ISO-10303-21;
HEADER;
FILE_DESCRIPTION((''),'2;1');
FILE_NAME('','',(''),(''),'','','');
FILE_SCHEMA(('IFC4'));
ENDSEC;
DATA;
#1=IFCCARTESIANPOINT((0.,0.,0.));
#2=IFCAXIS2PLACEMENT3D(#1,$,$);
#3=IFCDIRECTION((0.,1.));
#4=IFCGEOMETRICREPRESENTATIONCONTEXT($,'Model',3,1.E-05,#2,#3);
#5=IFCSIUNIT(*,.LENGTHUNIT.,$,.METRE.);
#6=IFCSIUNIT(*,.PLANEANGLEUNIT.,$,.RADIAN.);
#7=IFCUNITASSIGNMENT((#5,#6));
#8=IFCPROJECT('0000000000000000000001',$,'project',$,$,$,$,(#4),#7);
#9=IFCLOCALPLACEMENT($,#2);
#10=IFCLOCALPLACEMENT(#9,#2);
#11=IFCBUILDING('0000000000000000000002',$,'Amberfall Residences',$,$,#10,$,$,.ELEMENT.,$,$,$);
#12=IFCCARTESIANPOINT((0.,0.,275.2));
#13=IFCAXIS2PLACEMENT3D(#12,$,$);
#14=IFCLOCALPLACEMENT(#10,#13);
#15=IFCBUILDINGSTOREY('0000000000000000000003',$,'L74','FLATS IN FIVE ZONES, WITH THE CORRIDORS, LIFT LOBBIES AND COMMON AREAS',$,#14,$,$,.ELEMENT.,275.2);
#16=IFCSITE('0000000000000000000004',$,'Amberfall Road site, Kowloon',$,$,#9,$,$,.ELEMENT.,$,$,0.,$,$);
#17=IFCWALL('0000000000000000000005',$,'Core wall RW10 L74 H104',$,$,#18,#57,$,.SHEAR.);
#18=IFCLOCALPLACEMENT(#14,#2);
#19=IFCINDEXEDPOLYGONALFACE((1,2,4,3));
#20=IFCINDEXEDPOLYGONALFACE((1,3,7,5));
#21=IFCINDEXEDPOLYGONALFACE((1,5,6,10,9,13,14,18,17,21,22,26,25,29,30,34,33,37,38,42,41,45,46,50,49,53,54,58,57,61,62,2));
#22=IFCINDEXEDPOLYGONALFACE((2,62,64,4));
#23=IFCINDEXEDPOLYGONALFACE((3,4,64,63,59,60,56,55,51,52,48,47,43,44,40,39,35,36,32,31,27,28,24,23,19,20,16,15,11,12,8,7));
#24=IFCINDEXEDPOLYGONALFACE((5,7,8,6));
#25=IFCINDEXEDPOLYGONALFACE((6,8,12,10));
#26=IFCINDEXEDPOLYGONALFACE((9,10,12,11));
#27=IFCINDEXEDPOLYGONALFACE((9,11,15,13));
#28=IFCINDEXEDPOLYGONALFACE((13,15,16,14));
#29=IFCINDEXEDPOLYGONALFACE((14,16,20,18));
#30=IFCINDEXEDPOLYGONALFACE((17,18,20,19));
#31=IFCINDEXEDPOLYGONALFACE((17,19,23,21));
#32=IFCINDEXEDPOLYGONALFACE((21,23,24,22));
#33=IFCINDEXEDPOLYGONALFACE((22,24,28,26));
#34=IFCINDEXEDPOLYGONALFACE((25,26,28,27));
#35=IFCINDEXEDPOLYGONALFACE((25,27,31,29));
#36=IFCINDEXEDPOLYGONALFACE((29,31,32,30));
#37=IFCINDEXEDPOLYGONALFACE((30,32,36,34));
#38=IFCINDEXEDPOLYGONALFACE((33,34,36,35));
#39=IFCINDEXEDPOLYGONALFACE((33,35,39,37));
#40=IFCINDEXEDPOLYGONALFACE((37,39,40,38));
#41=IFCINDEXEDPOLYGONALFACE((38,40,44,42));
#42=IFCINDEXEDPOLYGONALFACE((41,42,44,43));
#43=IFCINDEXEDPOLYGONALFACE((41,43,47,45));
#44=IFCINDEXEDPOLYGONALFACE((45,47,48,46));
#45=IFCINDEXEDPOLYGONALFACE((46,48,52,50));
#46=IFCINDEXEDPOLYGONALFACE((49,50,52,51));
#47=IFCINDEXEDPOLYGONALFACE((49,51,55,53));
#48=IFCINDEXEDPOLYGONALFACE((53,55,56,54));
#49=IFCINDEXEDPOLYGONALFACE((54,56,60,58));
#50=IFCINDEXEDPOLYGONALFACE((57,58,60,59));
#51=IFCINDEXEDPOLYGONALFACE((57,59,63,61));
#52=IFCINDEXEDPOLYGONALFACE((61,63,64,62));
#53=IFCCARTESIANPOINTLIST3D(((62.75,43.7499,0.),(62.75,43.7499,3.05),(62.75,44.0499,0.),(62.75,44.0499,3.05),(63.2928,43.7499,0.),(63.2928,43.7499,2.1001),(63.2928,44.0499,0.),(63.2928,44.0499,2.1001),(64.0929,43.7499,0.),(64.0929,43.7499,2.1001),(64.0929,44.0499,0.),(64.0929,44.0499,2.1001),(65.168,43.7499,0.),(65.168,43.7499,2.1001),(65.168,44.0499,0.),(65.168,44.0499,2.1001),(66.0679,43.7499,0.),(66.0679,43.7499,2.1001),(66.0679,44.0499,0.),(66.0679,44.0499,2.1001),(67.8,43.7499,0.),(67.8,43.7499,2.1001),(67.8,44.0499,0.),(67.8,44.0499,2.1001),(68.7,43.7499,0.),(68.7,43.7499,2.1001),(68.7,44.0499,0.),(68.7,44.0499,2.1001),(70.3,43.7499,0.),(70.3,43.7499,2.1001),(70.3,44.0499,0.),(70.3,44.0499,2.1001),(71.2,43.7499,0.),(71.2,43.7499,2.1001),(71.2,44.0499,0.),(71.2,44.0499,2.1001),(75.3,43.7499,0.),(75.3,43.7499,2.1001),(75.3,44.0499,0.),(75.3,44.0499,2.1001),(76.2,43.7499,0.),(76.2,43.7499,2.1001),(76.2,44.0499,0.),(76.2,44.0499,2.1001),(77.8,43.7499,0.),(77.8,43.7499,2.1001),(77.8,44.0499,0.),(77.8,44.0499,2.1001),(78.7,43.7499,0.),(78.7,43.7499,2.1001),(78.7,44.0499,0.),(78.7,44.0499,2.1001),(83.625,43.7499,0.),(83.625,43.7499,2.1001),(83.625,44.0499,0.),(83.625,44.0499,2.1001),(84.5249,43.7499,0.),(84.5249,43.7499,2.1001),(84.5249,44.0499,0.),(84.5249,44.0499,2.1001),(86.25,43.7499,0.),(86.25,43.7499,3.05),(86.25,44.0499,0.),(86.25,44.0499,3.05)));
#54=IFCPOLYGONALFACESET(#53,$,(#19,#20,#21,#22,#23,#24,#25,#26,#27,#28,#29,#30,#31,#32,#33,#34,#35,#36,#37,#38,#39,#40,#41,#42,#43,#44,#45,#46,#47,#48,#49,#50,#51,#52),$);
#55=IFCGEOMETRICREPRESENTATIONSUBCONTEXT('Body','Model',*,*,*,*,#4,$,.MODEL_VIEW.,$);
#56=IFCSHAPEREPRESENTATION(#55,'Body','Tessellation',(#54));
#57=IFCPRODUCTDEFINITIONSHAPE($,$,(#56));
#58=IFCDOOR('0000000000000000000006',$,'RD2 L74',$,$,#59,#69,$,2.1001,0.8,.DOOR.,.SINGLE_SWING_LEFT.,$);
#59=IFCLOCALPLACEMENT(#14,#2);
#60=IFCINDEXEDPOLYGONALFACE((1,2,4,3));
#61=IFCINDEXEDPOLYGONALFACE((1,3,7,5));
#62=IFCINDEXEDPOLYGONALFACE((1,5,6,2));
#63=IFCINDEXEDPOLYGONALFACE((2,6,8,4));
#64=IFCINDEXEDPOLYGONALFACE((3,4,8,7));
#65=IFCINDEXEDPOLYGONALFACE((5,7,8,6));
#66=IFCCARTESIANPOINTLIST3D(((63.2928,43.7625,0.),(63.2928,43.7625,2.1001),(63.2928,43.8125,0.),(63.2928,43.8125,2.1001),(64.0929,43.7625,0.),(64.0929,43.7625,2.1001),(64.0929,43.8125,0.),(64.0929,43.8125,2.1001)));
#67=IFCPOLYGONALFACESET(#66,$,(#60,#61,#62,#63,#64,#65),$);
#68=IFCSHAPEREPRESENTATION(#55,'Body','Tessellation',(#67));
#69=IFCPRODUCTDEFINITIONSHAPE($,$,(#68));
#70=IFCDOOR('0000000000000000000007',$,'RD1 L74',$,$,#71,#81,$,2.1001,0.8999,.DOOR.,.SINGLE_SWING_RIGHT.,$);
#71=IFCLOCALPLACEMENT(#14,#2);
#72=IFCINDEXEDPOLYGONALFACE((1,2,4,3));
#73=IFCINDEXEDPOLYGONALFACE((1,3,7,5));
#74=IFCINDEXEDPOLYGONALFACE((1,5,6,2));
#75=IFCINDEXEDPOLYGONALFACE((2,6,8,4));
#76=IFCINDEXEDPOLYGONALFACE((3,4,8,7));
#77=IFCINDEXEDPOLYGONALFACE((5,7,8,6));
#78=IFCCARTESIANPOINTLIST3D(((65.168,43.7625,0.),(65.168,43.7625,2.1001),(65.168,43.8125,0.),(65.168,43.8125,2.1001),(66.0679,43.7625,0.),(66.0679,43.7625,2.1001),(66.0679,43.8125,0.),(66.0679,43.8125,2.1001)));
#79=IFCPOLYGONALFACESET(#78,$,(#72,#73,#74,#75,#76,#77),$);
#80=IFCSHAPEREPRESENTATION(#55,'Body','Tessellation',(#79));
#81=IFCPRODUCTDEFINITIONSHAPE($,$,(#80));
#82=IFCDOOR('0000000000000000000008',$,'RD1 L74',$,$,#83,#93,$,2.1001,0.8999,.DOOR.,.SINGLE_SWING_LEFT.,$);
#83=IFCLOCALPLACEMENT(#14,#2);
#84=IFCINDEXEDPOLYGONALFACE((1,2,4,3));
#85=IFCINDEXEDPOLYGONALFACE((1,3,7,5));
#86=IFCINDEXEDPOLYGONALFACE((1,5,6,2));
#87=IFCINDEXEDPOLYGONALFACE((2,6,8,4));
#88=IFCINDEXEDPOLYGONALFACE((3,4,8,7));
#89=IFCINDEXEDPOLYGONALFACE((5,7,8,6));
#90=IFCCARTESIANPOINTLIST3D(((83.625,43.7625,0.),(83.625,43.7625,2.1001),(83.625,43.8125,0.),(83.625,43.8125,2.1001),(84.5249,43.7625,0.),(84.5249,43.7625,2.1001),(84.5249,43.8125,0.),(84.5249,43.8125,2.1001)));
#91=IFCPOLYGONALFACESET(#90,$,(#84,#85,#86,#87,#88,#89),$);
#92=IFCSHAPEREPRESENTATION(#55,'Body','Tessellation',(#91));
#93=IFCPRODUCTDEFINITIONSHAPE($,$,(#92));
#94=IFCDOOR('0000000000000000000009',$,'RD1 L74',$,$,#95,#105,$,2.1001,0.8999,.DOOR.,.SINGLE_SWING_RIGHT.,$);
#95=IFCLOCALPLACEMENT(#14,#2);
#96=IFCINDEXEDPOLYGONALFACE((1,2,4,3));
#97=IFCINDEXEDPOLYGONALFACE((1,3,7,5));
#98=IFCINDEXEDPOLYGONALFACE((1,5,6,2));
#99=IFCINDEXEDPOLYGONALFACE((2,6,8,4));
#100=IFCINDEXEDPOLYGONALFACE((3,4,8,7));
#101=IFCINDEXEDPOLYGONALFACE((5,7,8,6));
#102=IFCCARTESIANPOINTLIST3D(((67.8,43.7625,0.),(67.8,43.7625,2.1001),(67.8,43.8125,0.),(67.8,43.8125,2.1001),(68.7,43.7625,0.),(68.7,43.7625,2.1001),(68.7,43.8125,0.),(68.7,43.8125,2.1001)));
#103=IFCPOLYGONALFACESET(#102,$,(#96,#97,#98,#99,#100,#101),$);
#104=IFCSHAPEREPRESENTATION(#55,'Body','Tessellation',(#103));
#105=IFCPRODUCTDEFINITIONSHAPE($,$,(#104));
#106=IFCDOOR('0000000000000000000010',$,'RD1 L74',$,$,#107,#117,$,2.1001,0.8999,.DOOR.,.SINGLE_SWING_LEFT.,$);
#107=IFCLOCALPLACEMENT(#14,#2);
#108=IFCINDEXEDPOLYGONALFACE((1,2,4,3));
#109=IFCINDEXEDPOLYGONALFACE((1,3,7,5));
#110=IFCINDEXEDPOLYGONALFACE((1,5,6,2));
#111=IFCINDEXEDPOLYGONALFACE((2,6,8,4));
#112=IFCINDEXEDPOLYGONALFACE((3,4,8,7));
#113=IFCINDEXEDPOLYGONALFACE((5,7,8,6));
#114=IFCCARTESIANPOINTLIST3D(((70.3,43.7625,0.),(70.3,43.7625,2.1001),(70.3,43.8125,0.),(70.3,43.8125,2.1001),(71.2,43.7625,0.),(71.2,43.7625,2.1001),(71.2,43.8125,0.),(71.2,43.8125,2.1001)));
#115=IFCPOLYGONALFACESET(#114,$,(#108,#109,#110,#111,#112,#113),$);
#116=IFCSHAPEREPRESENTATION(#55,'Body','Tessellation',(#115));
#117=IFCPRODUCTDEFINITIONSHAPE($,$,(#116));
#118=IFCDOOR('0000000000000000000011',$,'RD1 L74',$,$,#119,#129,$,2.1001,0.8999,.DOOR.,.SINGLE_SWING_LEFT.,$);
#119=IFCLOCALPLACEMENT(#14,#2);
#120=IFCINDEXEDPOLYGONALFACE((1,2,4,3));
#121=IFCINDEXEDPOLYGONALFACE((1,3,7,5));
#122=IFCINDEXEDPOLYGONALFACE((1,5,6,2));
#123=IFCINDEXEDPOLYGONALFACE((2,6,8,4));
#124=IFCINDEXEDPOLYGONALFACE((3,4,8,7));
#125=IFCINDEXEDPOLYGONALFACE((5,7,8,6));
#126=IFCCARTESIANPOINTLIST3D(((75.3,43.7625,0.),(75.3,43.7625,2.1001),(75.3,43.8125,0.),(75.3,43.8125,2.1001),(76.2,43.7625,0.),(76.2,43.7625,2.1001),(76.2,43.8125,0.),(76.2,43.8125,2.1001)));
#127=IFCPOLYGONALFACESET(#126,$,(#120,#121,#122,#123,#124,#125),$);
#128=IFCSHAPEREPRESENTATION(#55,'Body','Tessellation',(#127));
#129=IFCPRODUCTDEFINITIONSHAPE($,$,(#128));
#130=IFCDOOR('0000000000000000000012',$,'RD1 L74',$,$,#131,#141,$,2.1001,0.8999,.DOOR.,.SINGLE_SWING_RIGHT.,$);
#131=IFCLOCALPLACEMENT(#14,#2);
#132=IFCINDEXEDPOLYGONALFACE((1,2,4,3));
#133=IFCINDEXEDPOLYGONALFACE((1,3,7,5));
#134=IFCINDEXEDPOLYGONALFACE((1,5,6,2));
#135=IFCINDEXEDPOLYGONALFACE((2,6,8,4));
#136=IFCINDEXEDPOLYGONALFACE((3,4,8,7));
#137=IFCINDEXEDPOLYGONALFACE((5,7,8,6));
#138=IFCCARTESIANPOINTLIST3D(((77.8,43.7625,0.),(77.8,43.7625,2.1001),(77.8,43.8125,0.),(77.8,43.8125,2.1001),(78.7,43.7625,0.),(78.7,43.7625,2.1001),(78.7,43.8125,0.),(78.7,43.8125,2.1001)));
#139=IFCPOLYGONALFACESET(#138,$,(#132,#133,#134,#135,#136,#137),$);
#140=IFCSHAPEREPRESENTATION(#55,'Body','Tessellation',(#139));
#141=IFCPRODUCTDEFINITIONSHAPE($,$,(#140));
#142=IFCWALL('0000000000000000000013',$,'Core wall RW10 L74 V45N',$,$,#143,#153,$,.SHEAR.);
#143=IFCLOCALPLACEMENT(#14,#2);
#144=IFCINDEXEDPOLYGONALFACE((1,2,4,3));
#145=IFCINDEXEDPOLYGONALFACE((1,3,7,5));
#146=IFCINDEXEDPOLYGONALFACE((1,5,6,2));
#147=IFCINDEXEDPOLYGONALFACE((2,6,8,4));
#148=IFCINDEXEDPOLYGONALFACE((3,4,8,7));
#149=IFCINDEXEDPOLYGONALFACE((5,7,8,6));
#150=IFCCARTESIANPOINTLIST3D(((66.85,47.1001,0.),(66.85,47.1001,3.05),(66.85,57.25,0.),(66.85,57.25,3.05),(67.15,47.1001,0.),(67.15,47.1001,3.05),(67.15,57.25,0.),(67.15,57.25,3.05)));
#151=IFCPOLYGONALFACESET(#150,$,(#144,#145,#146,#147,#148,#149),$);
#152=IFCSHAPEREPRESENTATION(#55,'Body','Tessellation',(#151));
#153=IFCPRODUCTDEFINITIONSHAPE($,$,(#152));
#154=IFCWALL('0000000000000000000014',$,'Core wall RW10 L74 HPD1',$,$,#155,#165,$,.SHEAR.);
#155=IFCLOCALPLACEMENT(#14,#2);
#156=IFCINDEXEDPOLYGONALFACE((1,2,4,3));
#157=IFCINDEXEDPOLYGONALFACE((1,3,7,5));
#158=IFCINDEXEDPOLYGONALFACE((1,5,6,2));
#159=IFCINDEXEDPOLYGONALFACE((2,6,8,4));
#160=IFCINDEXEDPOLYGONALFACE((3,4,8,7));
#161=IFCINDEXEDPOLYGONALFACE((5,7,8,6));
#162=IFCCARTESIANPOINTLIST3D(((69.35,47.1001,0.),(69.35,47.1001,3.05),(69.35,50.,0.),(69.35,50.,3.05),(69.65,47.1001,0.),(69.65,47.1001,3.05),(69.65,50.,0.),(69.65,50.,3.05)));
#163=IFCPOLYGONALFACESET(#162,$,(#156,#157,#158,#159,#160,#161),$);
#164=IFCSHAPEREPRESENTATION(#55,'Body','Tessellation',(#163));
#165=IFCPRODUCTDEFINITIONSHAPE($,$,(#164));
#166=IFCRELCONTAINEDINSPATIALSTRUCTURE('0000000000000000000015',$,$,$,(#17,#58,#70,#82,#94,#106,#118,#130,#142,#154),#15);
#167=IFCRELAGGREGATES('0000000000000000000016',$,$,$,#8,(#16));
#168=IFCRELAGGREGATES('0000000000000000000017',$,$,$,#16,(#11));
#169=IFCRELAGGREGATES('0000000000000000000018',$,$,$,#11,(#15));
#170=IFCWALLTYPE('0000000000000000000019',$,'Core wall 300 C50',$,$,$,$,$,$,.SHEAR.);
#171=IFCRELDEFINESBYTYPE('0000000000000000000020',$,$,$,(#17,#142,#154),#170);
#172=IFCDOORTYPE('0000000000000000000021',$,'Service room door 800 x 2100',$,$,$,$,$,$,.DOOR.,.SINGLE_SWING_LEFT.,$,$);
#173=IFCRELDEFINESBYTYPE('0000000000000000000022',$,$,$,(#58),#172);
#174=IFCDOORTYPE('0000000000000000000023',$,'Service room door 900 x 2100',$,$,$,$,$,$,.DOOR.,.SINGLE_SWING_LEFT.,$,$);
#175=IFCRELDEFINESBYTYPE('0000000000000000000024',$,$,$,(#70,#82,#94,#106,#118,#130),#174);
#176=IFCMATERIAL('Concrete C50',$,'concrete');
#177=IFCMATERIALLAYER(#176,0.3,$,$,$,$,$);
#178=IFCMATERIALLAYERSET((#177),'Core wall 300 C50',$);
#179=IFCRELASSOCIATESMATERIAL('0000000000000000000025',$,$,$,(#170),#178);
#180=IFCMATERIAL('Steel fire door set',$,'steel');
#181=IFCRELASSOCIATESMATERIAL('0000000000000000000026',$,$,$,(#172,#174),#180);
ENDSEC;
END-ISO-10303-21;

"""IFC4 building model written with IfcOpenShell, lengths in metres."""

from ifc_helpers import new_model, si_unit, direction, frame, frame_2d, origin, place, context, subcontext, project, spatial, rectangle, extrude, material, layer, layer_set, type_object, element, fill, save


model = new_model("IFC4")

# Units and contexts
model_context = context("Model", 3, precision=1e-05, world=origin(), true_north=direction((0.0, 1.0)))
body_context = subcontext(model_context, "Body", "Model", "MODEL_VIEW")
ifc_project = project(units=[si_unit("LENGTHUNIT", "METRE"), si_unit("PLANEANGLEUNIT", "RADIAN")], contexts=[model_context])

# Site, building, storey
site_placement = place(None, origin())
site = spatial("IfcSite", under=ifc_project, at=site_placement, Name="Amberfall Road site, Kowloon", CompositionType="ELEMENT", RefElevation=0.0)
building_placement = place(site_placement, origin())
building = spatial("IfcBuilding", under=site, at=building_placement, Name="Amberfall Residences", CompositionType="ELEMENT")
storey_placement = place(building_placement, frame((0.0, 0.0, 275.2)))
storey = spatial("IfcBuildingStorey", under=building, at=storey_placement, Name="L74", Description="FLATS IN FIVE ZONES, WITH THE CORRIDORS, LIFT LOBBIES AND COMMON AREAS", CompositionType="ELEMENT", Elevation=275.2)

# Wall, openings, doors
ifc_material_1 = material(Name="Concrete C50", Category="concrete")
ifc_layer_1 = layer(ifc_material_1, 0.3)
ifc_layer_set_1 = layer_set([ifc_layer_1], Name="Core wall 300 C50")
wall_type_1 = type_object("IfcWallType", Name="Core wall 300 C50", PredefinedType="SHEAR", material=ifc_layer_set_1)
wall_1_placement = place(storey_placement, frame((62.75, 43.8999, 0.0), z_axis=(0.0, 0.0, 1.0), x_axis=(1.0, 0.0, 0.0)))
wall_1 = element("IfcWall", 1, at=wall_1_placement, inside=storey, type_object=wall_type_1, Name="Core wall RW10 L74 H104", PredefinedType="SHEAR", context=body_context, shape_type="SweptSolid", body=[
    extrude(rectangle(XDim=23.5, YDim=0.3, at=frame_2d((11.75, 0.0))), origin(), (0.0, 0.0, 1.0), 3.05),
])
opening_1_placement = place(wall_1_placement, frame((0.543, 0.0, 0.0)))
opening_1 = element("IfcOpeningElement", 2, at=opening_1_placement, cuts=wall_1, PredefinedType="OPENING", context=body_context, shape_type="SweptSolid", body=[
    extrude(rectangle(XDim=0.8, YDim=2.1001, at=frame_2d((0.3999, 1.05))), frame((0.0, 0.1599, 0.0), z_axis=(0.0, -1.0, 0.0), x_axis=(1.0, 0.0, 0.0)), (0.0, 0.0, 1.0), 0.3201),
])
opening_2_placement = place(wall_1_placement, frame((2.418, 0.0, 0.0)))
opening_2 = element("IfcOpeningElement", 3, at=opening_2_placement, cuts=wall_1, PredefinedType="OPENING", context=body_context, shape_type="SweptSolid", body=[
    extrude(rectangle(XDim=0.8999, YDim=2.1001, at=frame_2d((0.45, 1.05))), frame((0.0, 0.1599, 0.0), z_axis=(0.0, -1.0, 0.0), x_axis=(1.0, 0.0, 0.0)), (0.0, 0.0, 1.0), 0.3201),
])
opening_3_placement = place(wall_1_placement, frame((20.875, 0.0, 0.0)))
opening_3 = element("IfcOpeningElement", 4, at=opening_3_placement, cuts=wall_1, PredefinedType="OPENING", context=body_context, shape_type="SweptSolid", body=[
    extrude(rectangle(XDim=0.8999, YDim=2.1001, at=frame_2d((0.45, 1.05))), frame((0.0, 0.1599, 0.0), z_axis=(0.0, -1.0, 0.0), x_axis=(1.0, 0.0, 0.0)), (0.0, 0.0, 1.0), 0.3201),
])
opening_4_placement = place(wall_1_placement, frame((5.05, 0.0, 0.0)))
opening_4 = element("IfcOpeningElement", 5, at=opening_4_placement, cuts=wall_1, PredefinedType="OPENING", context=body_context, shape_type="SweptSolid", body=[
    extrude(rectangle(XDim=0.8999, YDim=2.1001, at=frame_2d((0.45, 1.05))), frame((0.0, 0.1599, 0.0), z_axis=(0.0, -1.0, 0.0), x_axis=(1.0, 0.0, 0.0)), (0.0, 0.0, 1.0), 0.3201),
])
opening_5_placement = place(wall_1_placement, frame((7.55, 0.0, 0.0)))
opening_5 = element("IfcOpeningElement", 6, at=opening_5_placement, cuts=wall_1, PredefinedType="OPENING", context=body_context, shape_type="SweptSolid", body=[
    extrude(rectangle(XDim=0.8999, YDim=2.1001, at=frame_2d((0.45, 1.05))), frame((0.0, 0.1599, 0.0), z_axis=(0.0, -1.0, 0.0), x_axis=(1.0, 0.0, 0.0)), (0.0, 0.0, 1.0), 0.3201),
])
opening_6_placement = place(wall_1_placement, frame((12.55, 0.0, 0.0)))
opening_6 = element("IfcOpeningElement", 7, at=opening_6_placement, cuts=wall_1, PredefinedType="OPENING", context=body_context, shape_type="SweptSolid", body=[
    extrude(rectangle(XDim=0.8999, YDim=2.1001, at=frame_2d((0.45, 1.05))), frame((0.0, 0.1599, 0.0), z_axis=(0.0, -1.0, 0.0), x_axis=(1.0, 0.0, 0.0)), (0.0, 0.0, 1.0), 0.3201),
])
opening_7_placement = place(wall_1_placement, frame((15.05, 0.0, 0.0)))
opening_7 = element("IfcOpeningElement", 8, at=opening_7_placement, cuts=wall_1, PredefinedType="OPENING", context=body_context, shape_type="SweptSolid", body=[
    extrude(rectangle(XDim=0.8999, YDim=2.1001, at=frame_2d((0.45, 1.05))), frame((0.0, 0.1599, 0.0), z_axis=(0.0, -1.0, 0.0), x_axis=(1.0, 0.0, 0.0)), (0.0, 0.0, 1.0), 0.3201),
])
ifc_material_2 = material(Name="Steel fire door set", Category="steel")
door_type_1 = type_object("IfcDoorType", Name="Service room door 800 x 2100", OperationType="SINGLE_SWING_LEFT", PredefinedType="DOOR", material=ifc_material_2)
door_1_placement = place(opening_1_placement, origin())
door_1 = element("IfcDoor", 9, at=door_1_placement, inside=storey, type_object=door_type_1, Name="RD2 L74", OperationType="SINGLE_SWING_LEFT", OverallHeight=2.1001, OverallWidth=0.8, PredefinedType="DOOR", context=body_context, shape_type="SweptSolid", body=[
    extrude(rectangle(XDim=0.8, YDim=2.1001, at=frame_2d((0.3999, 1.05))), frame((0.0, -0.0874, 0.0), z_axis=(0.0, -1.0, 0.0), x_axis=(1.0, 0.0, 0.0)), (0.0, 0.0, 1.0), 0.05),
])
fill(opening_1, door_1)
door_type_2 = type_object("IfcDoorType", Name="Service room door 900 x 2100", OperationType="SINGLE_SWING_LEFT", PredefinedType="DOOR", material=ifc_material_2)
door_2_placement = place(opening_2_placement, origin())
door_2 = element("IfcDoor", 10, at=door_2_placement, inside=storey, type_object=door_type_2, Name="RD1 L74", OperationType="SINGLE_SWING_RIGHT", OverallHeight=2.1001, OverallWidth=0.8999, PredefinedType="DOOR", context=body_context, shape_type="SweptSolid", body=[
    extrude(rectangle(XDim=0.8999, YDim=2.1001, at=frame_2d((0.45, 1.05))), frame((0.0, -0.0874, 0.0), z_axis=(0.0, -1.0, 0.0), x_axis=(1.0, 0.0, 0.0)), (0.0, 0.0, 1.0), 0.05),
])
fill(opening_2, door_2)
door_3_placement = place(opening_3_placement, origin())
door_3 = element("IfcDoor", 11, at=door_3_placement, inside=storey, type_object=door_type_2, Name="RD1 L74", OperationType="SINGLE_SWING_LEFT", OverallHeight=2.1001, OverallWidth=0.8999, PredefinedType="DOOR", context=body_context, shape_type="SweptSolid", body=[
    extrude(rectangle(XDim=0.8999, YDim=2.1001, at=frame_2d((0.45, 1.05))), frame((0.0, -0.0874, 0.0), z_axis=(0.0, -1.0, 0.0), x_axis=(1.0, 0.0, 0.0)), (0.0, 0.0, 1.0), 0.05),
])
fill(opening_3, door_3)
door_4_placement = place(opening_4_placement, origin())
door_4 = element("IfcDoor", 12, at=door_4_placement, inside=storey, type_object=door_type_2, Name="RD1 L74", OperationType="SINGLE_SWING_RIGHT", OverallHeight=2.1001, OverallWidth=0.8999, PredefinedType="DOOR", context=body_context, shape_type="SweptSolid", body=[
    extrude(rectangle(XDim=0.8999, YDim=2.1001, at=frame_2d((0.45, 1.05))), frame((0.0, -0.0874, 0.0), z_axis=(0.0, -1.0, 0.0), x_axis=(1.0, 0.0, 0.0)), (0.0, 0.0, 1.0), 0.05),
])
fill(opening_4, door_4)
door_5_placement = place(opening_5_placement, origin())
door_5 = element("IfcDoor", 13, at=door_5_placement, inside=storey, type_object=door_type_2, Name="RD1 L74", OperationType="SINGLE_SWING_LEFT", OverallHeight=2.1001, OverallWidth=0.8999, PredefinedType="DOOR", context=body_context, shape_type="SweptSolid", body=[
    extrude(rectangle(XDim=0.8999, YDim=2.1001, at=frame_2d((0.45, 1.05))), frame((0.0, -0.0874, 0.0), z_axis=(0.0, -1.0, 0.0), x_axis=(1.0, 0.0, 0.0)), (0.0, 0.0, 1.0), 0.05),
])
fill(opening_5, door_5)
door_6_placement = place(opening_6_placement, origin())
door_6 = element("IfcDoor", 14, at=door_6_placement, inside=storey, type_object=door_type_2, Name="RD1 L74", OperationType="SINGLE_SWING_LEFT", OverallHeight=2.1001, OverallWidth=0.8999, PredefinedType="DOOR", context=body_context, shape_type="SweptSolid", body=[
    extrude(rectangle(XDim=0.8999, YDim=2.1001, at=frame_2d((0.45, 1.05))), frame((0.0, -0.0874, 0.0), z_axis=(0.0, -1.0, 0.0), x_axis=(1.0, 0.0, 0.0)), (0.0, 0.0, 1.0), 0.05),
])
fill(opening_6, door_6)
door_7_placement = place(opening_7_placement, origin())
door_7 = element("IfcDoor", 15, at=door_7_placement, inside=storey, type_object=door_type_2, Name="RD1 L74", OperationType="SINGLE_SWING_RIGHT", OverallHeight=2.1001, OverallWidth=0.8999, PredefinedType="DOOR", context=body_context, shape_type="SweptSolid", body=[
    extrude(rectangle(XDim=0.8999, YDim=2.1001, at=frame_2d((0.45, 1.05))), frame((0.0, -0.0874, 0.0), z_axis=(0.0, -1.0, 0.0), x_axis=(1.0, 0.0, 0.0)), (0.0, 0.0, 1.0), 0.05),
])
fill(opening_7, door_7)

# Walls
wall_2_placement = place(storey_placement, frame((67.0, 47.1001, 0.0), z_axis=(0.0, 0.0, 1.0), x_axis=(0.0, 1.0, 0.0)))
element("IfcWall", 16, at=wall_2_placement, inside=storey, type_object=wall_type_1, Name="Core wall RW10 L74 V45N", PredefinedType="SHEAR", context=body_context, shape_type="SweptSolid", body=[
    extrude(rectangle(XDim=10.1499, YDim=0.3, at=frame_2d((5.075, 0.0))), origin(), (0.0, 0.0, 1.0), 3.05),
])
wall_3_placement = place(storey_placement, frame((69.5, 47.1001, 0.0), z_axis=(0.0, 0.0, 1.0), x_axis=(0.0, 1.0, 0.0)))
element("IfcWall", 17, at=wall_3_placement, inside=storey, type_object=wall_type_1, Name="Core wall RW10 L74 HPD1", PredefinedType="SHEAR", context=body_context, shape_type="SweptSolid", body=[
    extrude(rectangle(XDim=2.8999, YDim=0.3, at=frame_2d((1.45, 0.0))), origin(), (0.0, 0.0, 1.0), 3.05),
])

save(model, "model.ifc")
